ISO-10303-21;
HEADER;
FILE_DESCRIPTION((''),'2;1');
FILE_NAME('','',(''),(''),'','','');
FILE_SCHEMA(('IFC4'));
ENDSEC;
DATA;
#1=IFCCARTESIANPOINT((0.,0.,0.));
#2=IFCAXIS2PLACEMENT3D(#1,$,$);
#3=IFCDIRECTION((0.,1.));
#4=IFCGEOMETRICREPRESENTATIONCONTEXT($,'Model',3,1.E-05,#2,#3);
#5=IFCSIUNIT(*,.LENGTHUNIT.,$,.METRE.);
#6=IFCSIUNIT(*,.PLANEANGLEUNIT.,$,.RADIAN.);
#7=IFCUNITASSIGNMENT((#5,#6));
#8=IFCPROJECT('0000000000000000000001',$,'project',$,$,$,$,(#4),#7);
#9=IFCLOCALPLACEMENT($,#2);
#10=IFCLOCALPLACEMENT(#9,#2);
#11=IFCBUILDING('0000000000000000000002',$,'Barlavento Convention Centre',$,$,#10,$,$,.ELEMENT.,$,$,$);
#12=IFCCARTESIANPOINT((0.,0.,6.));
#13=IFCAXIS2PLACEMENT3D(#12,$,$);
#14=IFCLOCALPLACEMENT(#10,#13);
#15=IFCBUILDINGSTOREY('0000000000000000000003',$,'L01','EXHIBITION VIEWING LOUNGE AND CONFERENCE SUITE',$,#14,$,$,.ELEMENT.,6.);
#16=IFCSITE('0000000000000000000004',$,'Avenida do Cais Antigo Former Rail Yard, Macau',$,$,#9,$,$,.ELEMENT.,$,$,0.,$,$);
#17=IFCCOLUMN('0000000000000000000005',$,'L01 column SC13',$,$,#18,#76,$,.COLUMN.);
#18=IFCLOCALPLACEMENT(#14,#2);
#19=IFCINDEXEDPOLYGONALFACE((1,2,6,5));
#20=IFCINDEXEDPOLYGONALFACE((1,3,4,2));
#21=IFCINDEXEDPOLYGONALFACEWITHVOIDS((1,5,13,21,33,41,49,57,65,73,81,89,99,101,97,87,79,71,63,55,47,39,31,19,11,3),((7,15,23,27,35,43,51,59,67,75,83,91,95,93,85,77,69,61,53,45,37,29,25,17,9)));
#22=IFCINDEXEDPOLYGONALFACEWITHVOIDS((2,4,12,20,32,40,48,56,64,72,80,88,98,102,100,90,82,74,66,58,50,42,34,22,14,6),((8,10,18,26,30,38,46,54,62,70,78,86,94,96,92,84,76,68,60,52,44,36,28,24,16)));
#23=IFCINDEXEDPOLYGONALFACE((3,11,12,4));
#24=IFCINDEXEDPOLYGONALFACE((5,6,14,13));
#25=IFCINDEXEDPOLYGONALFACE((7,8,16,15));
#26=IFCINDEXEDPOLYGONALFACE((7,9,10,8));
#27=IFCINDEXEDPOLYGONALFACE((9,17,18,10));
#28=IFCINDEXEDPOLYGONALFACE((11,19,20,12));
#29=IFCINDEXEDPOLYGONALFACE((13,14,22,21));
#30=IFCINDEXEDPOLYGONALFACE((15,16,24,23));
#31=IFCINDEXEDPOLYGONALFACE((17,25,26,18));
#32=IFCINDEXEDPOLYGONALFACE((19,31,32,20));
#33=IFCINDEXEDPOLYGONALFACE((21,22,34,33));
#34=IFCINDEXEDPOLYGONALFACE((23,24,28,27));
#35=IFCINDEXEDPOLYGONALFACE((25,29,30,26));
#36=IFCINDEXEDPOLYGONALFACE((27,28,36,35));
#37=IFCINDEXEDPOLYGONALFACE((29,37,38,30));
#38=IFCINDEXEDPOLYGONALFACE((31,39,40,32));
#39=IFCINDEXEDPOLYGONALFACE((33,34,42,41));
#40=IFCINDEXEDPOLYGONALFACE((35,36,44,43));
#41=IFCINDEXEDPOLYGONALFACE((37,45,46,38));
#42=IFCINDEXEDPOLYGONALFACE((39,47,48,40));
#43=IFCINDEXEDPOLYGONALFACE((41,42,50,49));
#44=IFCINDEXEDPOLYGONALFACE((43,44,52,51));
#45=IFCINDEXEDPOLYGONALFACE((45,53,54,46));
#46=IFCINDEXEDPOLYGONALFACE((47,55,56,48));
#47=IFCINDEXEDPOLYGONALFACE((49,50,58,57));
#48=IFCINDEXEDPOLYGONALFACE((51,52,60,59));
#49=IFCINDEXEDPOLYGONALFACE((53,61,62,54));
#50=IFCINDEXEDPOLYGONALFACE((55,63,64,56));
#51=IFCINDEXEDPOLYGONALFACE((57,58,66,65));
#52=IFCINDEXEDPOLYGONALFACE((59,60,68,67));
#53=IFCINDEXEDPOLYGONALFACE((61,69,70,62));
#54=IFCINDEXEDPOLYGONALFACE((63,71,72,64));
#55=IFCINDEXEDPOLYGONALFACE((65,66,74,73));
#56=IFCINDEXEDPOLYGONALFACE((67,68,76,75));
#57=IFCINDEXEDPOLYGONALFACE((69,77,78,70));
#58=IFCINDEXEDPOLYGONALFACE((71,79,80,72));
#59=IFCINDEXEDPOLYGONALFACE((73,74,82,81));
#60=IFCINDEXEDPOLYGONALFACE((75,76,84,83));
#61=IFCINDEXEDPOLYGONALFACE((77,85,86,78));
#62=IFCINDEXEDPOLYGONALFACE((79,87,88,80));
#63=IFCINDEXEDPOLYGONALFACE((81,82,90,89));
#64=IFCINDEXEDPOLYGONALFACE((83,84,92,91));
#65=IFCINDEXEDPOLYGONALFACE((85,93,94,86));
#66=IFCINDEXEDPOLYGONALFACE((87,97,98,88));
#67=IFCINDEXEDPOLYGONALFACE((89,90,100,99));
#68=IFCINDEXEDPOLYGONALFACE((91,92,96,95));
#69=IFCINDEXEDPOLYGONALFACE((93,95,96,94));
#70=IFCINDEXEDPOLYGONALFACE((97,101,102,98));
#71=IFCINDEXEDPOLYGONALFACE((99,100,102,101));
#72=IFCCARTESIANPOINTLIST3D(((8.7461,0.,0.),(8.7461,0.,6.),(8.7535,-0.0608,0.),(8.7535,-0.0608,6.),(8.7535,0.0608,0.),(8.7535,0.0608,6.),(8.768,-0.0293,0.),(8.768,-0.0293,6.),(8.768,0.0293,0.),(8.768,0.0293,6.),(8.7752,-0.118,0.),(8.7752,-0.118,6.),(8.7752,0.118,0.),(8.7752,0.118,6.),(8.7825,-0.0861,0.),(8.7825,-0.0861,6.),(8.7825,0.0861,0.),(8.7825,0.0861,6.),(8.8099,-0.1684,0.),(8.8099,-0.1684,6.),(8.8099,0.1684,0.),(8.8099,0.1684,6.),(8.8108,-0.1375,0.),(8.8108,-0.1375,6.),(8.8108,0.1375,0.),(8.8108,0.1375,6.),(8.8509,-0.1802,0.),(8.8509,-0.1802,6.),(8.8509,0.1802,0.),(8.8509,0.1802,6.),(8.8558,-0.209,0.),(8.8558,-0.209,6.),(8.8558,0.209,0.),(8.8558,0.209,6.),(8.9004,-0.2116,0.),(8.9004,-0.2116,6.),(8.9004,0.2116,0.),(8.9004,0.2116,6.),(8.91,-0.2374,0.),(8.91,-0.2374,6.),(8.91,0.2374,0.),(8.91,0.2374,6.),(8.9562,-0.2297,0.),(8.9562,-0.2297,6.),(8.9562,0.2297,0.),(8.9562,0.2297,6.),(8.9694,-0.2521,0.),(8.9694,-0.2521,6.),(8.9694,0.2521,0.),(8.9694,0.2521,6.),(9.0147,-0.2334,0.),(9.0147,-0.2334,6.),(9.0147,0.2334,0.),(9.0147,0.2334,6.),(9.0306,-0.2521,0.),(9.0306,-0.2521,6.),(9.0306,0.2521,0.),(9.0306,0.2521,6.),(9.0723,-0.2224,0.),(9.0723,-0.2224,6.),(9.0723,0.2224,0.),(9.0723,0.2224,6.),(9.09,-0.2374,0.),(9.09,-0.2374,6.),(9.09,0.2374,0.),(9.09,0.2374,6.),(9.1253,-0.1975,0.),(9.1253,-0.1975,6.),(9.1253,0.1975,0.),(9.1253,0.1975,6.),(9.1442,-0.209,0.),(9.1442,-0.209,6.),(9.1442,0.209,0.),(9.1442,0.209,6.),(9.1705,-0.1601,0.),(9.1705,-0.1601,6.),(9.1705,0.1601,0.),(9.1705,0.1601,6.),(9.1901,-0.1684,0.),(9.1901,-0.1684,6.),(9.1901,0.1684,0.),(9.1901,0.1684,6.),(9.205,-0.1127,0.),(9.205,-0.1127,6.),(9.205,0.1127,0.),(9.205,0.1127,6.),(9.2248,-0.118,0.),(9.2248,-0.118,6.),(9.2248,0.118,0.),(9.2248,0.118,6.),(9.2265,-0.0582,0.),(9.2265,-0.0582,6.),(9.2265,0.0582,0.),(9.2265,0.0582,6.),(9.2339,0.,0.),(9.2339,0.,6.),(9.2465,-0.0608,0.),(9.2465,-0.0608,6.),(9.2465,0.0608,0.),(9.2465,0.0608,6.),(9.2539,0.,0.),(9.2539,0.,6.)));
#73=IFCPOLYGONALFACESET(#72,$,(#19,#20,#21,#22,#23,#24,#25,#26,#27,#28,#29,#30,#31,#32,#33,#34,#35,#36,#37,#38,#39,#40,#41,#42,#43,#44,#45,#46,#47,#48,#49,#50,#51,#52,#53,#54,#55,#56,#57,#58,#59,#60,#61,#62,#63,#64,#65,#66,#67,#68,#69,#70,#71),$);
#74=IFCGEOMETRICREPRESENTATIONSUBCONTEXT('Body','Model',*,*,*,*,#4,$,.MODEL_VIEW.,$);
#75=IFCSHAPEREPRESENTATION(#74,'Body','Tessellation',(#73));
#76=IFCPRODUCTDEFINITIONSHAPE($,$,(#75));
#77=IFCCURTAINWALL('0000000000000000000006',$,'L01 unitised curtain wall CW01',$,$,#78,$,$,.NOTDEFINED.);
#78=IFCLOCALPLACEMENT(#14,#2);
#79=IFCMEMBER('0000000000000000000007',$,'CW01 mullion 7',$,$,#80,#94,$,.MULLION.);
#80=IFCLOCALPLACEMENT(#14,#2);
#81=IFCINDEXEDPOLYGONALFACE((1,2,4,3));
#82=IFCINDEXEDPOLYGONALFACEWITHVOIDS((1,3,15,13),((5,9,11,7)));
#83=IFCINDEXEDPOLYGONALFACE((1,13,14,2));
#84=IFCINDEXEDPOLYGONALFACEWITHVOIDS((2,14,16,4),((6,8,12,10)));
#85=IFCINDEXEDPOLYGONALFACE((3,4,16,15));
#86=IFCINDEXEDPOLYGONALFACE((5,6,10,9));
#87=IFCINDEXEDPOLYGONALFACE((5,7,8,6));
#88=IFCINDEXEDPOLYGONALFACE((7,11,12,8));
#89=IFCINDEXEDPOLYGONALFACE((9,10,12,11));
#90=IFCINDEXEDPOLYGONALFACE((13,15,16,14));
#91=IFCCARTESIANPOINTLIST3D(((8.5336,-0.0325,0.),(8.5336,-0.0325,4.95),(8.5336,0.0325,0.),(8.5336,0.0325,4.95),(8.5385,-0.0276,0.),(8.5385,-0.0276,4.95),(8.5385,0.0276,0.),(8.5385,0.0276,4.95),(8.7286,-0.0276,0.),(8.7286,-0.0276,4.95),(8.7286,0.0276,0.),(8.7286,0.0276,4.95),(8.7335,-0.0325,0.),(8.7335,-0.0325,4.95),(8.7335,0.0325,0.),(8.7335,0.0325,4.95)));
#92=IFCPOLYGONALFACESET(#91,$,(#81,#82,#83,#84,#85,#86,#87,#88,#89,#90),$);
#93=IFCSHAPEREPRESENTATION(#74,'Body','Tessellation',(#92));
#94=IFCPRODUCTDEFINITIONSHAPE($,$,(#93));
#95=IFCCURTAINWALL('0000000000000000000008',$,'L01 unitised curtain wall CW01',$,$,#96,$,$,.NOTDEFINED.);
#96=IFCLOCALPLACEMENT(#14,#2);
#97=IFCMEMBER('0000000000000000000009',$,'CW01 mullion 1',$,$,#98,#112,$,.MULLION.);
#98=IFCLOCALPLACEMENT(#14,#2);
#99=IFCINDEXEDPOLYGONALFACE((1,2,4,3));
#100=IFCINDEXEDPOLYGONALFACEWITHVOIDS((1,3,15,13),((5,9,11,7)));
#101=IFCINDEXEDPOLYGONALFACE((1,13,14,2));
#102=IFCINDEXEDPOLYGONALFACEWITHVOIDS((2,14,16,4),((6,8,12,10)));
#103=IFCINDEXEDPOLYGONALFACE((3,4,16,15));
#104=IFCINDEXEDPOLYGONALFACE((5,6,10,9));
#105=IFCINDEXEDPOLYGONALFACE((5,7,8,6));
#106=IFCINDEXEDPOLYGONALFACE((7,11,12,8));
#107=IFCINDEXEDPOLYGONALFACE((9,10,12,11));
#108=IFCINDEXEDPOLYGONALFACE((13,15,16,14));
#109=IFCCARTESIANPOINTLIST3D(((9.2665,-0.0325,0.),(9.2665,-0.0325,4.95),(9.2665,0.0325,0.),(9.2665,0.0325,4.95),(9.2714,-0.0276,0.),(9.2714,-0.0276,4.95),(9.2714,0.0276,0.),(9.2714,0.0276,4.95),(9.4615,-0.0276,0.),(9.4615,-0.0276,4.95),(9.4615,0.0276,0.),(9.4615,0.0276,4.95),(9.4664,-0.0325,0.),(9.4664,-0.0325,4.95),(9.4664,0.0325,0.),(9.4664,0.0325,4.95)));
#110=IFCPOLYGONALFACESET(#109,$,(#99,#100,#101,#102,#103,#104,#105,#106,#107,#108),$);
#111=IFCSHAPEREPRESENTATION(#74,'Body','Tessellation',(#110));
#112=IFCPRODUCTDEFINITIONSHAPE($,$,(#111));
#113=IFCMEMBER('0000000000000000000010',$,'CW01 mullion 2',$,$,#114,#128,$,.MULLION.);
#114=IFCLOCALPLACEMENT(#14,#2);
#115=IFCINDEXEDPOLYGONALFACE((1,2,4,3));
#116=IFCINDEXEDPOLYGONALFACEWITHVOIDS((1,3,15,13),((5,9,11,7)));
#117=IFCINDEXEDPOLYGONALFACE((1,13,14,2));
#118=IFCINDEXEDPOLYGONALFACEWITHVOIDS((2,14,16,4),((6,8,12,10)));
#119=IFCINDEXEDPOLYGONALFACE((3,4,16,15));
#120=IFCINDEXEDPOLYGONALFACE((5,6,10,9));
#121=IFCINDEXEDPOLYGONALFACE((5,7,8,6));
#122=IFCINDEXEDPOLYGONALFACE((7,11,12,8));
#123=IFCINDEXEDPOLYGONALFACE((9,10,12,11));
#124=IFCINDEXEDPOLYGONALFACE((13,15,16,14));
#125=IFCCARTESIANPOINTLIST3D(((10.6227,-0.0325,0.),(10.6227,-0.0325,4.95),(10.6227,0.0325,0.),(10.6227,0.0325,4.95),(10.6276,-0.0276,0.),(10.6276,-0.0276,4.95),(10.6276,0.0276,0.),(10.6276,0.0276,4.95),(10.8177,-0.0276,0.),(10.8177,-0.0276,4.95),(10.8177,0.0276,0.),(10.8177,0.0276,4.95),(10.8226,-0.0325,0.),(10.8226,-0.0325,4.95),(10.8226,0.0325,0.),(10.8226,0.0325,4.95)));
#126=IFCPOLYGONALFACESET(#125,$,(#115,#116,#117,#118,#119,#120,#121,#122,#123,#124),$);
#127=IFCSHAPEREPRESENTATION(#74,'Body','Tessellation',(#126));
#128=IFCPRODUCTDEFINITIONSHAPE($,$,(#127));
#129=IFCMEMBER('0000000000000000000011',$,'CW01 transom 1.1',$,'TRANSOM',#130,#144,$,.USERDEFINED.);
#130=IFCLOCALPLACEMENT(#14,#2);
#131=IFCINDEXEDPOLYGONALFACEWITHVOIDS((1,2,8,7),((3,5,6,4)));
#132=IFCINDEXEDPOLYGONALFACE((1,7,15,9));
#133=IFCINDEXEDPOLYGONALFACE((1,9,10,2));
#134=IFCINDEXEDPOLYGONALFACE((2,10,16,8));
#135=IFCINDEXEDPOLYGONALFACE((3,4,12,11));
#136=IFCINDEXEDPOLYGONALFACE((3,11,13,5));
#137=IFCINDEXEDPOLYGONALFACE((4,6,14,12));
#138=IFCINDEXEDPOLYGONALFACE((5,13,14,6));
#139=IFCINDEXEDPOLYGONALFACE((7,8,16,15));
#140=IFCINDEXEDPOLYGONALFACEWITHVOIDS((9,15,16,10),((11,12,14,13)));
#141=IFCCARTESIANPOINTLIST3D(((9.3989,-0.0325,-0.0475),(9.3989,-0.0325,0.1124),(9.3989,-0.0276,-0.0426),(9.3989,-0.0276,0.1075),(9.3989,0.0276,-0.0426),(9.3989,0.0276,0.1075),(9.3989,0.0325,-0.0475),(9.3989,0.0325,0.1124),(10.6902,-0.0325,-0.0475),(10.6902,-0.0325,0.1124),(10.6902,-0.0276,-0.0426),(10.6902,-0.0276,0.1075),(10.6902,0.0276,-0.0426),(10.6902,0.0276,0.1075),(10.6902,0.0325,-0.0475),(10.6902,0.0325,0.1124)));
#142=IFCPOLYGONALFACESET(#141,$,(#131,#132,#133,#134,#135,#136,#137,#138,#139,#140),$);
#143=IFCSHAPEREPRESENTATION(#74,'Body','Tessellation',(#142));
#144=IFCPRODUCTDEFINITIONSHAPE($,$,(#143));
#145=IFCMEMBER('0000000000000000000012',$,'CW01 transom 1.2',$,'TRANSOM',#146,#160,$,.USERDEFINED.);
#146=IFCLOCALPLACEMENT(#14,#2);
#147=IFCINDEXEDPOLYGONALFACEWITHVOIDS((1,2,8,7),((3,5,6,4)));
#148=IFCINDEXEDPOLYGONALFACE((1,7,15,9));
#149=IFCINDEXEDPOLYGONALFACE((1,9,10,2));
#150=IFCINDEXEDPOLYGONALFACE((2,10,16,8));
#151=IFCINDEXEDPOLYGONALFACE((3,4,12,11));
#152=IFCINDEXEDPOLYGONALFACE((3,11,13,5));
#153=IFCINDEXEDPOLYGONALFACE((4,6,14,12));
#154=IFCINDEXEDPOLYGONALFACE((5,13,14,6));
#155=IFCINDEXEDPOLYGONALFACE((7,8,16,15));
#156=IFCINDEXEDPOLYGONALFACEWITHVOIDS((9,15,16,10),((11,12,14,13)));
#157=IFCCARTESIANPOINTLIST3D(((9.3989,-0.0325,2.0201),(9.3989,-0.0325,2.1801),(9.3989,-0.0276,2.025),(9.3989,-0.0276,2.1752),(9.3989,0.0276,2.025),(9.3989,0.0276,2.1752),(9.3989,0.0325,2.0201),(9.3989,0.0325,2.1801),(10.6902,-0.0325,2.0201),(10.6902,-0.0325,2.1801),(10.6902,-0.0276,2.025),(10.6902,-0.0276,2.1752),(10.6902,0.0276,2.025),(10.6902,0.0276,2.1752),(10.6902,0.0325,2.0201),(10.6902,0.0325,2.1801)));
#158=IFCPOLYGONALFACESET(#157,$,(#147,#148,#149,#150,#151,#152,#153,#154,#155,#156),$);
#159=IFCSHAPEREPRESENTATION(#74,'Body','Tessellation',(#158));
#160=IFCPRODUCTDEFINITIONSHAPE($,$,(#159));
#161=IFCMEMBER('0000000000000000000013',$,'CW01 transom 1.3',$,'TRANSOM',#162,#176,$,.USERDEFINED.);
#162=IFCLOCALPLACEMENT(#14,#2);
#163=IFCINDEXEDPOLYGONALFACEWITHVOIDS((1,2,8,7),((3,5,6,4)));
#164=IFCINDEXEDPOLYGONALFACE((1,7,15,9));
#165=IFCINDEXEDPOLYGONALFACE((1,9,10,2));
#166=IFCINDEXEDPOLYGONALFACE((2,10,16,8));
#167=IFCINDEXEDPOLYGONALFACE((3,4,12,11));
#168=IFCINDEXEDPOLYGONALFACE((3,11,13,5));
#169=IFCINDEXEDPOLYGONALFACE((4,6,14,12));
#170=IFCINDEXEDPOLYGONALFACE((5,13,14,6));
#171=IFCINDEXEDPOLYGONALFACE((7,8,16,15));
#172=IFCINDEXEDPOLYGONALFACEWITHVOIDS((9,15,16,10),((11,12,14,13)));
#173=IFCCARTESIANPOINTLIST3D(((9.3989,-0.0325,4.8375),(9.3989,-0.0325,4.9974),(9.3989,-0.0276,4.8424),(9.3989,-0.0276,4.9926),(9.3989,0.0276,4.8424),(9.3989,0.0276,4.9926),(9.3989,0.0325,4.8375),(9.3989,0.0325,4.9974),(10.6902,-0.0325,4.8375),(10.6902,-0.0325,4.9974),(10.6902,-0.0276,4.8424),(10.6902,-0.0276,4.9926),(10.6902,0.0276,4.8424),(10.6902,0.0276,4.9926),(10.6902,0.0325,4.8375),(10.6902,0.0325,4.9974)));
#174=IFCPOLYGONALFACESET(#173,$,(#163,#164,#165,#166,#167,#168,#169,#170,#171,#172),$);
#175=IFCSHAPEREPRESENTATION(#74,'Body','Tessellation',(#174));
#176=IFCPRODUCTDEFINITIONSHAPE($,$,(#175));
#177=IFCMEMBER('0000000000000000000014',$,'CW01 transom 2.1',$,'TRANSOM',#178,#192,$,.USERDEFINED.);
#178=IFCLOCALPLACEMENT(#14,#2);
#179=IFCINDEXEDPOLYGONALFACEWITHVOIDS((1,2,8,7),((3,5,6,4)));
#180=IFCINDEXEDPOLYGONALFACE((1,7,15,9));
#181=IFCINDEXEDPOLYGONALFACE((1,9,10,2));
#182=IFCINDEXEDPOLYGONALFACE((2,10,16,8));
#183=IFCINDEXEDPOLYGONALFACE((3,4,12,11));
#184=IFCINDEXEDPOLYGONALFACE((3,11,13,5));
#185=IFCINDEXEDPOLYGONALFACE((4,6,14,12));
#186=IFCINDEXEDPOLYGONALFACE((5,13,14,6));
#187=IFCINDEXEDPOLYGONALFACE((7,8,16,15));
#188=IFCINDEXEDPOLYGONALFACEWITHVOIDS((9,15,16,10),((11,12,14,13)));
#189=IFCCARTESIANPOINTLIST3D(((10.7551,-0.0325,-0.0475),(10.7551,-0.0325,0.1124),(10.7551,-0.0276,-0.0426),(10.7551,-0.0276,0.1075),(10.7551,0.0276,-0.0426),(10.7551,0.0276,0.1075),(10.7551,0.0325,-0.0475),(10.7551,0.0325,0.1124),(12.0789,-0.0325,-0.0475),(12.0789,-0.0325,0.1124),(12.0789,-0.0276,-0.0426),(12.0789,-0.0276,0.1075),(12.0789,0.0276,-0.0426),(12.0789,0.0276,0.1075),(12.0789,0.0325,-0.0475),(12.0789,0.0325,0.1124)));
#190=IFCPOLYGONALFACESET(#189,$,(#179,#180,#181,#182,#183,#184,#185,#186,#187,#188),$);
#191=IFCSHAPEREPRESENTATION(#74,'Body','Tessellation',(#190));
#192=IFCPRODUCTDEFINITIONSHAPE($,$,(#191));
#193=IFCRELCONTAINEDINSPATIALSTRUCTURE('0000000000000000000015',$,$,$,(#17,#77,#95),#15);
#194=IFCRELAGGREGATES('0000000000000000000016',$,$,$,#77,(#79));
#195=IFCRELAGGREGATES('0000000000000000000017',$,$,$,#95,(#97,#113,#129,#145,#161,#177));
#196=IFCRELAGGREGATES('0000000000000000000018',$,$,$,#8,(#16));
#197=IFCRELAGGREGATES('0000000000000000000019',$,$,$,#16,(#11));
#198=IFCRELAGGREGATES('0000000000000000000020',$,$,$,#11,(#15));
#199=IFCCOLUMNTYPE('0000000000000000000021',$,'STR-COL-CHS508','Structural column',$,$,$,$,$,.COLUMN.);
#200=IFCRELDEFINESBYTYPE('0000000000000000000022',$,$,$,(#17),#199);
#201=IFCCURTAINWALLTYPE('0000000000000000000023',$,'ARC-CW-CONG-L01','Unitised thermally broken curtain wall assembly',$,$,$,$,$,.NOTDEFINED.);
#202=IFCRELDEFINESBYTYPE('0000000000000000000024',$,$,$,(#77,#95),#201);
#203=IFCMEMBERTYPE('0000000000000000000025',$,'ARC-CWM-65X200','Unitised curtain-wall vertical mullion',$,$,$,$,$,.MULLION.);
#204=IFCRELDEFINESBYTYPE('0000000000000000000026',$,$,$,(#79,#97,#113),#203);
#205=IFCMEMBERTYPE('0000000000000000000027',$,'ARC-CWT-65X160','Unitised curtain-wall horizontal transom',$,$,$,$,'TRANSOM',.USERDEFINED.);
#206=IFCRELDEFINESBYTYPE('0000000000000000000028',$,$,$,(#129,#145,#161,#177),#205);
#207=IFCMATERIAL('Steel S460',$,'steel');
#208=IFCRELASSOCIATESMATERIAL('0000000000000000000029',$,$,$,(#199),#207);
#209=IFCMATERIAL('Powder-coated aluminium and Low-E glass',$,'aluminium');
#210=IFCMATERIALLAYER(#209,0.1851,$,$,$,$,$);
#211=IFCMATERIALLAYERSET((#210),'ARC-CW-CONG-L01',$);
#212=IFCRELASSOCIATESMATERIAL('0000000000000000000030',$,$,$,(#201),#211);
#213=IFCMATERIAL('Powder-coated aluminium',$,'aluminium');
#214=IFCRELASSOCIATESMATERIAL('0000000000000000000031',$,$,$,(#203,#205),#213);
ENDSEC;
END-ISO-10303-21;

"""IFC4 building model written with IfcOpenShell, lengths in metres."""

from ifc_helpers import new_model, si_unit, direction, frame, origin, origin_2d, place, context, subcontext, project, spatial, hollow_rectangle, hollow_circle, extrude, material, layer, layer_set, material_profile, profile_set, type_object, element, aggregate, save


model = new_model("IFC4")

# Units and contexts
model_context = context("Model", 3, precision=1e-05, world=origin(), true_north=direction((0.0, 1.0)))
body_context = subcontext(model_context, "Body", "Model", "MODEL_VIEW")
ifc_project = project(units=[si_unit("LENGTHUNIT", "METRE"), si_unit("PLANEANGLEUNIT", "RADIAN")], contexts=[model_context])

# Site, building, storey
site_placement = place(None, origin())
site = spatial("IfcSite", under=ifc_project, at=site_placement, Name="Avenida do Cais Antigo Former Rail Yard, Macau", CompositionType="ELEMENT", RefElevation=0.0)
building_placement = place(site_placement, origin())
building = spatial("IfcBuilding", under=site, at=building_placement, Name="Barlavento Convention Centre", CompositionType="ELEMENT")
storey_placement = place(building_placement, frame((0.0, 0.0, 6.0)))
storey = spatial("IfcBuildingStorey", under=building, at=storey_placement, Name="L01", Description="EXHIBITION VIEWING LOUNGE AND CONFERENCE SUITE", CompositionType="ELEMENT", Elevation=6.0)

# Column
ifc_material_1 = material(Name="Steel S460", Category="steel")
ifc_material_profile_1 = material_profile(ifc_material_1, hollow_circle(Radius=0.2539, WallThickness=0.02, at=origin_2d()), Name="CHS 508.0x20.0")
ifc_profile_set_1 = profile_set([ifc_material_profile_1], Name="Steel S460")
column_type = type_object("IfcColumnType", Name="STR-COL-CHS508", Description="Structural column", PredefinedType="COLUMN", material=ifc_profile_set_1)
column_placement = place(storey_placement, frame((9.0, 0.0, 0.0), z_axis=(0.0, 0.0, 1.0), x_axis=(1.0, 0.0, 0.0)))
element("IfcColumn", 1, at=column_placement, inside=storey, type_object=column_type, Name="L01 column SC13", PredefinedType="COLUMN", context=body_context, shape_type="SweptSolid", body=[
    extrude(hollow_circle(Radius=0.2539, WallThickness=0.02, at=origin_2d()), origin(), (0.0, 0.0, 1.0), 6.0),
])

# Curtain wall, member
ifc_material_2 = material(Name="Powder-coated aluminium and Low-E glass", Category="aluminium")
ifc_layer_1 = layer(ifc_material_2, 0.1851)
ifc_layer_set_1 = layer_set([ifc_layer_1], Name="ARC-CW-CONG-L01")
curtain_wall_type = type_object("IfcCurtainWallType", Name="ARC-CW-CONG-L01", Description="Unitised thermally broken curtain wall assembly", PredefinedType="NOTDEFINED", material=ifc_layer_set_1)
curtain_wall_1_placement = place(storey_placement, origin())
curtain_wall_1 = element("IfcCurtainWall", 2, at=curtain_wall_1_placement, inside=storey, type_object=curtain_wall_type, Name="L01 unitised curtain wall CW01", PredefinedType="NOTDEFINED")
ifc_material_3 = material(Name="Powder-coated aluminium", Category="aluminium")
ifc_material_profile_2 = material_profile(ifc_material_3, hollow_rectangle(XDim=0.0649, YDim=0.2, WallThickness=0.0049, at=origin_2d()), Name="AL-MULL 65x200x5")
ifc_profile_set_2 = profile_set([ifc_material_profile_2], Name="Powder-coated aluminium")
member_type_1 = type_object("IfcMemberType", Name="ARC-CWM-65X200", Description="Unitised curtain-wall vertical mullion", PredefinedType="MULLION", material=ifc_profile_set_2)
member_1_placement = place(storey_placement, frame((8.6335, 0.0, 0.0), z_axis=(0.0, 0.0, 1.0), x_axis=(0.0, 1.0, 0.0)))
member_1 = element("IfcMember", 3, at=member_1_placement, type_object=member_type_1, Name="CW01 mullion 7", PredefinedType="MULLION", context=body_context, shape_type="SweptSolid", body=[
    extrude(hollow_rectangle(XDim=0.0649, YDim=0.2, WallThickness=0.0049, at=origin_2d()), origin(), (0.0, 0.0, 1.0), 4.95),
])
aggregate(curtain_wall_1, [member_1])

# Curtain wall, members
curtain_wall_2_placement = place(storey_placement, origin())
curtain_wall_2 = element("IfcCurtainWall", 4, at=curtain_wall_2_placement, inside=storey, type_object=curtain_wall_type, Name="L01 unitised curtain wall CW01", PredefinedType="NOTDEFINED")
member_2_placement = place(storey_placement, frame((9.3665, 0.0, 0.0), z_axis=(0.0, 0.0, 1.0), x_axis=(0.0, 1.0, 0.0)))
member_2 = element("IfcMember", 5, at=member_2_placement, type_object=member_type_1, Name="CW01 mullion 1", PredefinedType="MULLION", context=body_context, shape_type="SweptSolid", body=[
    extrude(hollow_rectangle(XDim=0.0649, YDim=0.2, WallThickness=0.0049, at=origin_2d()), origin(), (0.0, 0.0, 1.0), 4.95),
])
member_3_placement = place(storey_placement, frame((10.7227, 0.0, 0.0), z_axis=(0.0, 0.0, 1.0), x_axis=(0.0, 1.0, 0.0)))
member_3 = element("IfcMember", 6, at=member_3_placement, type_object=member_type_1, Name="CW01 mullion 2", PredefinedType="MULLION", context=body_context, shape_type="SweptSolid", body=[
    extrude(hollow_rectangle(XDim=0.0649, YDim=0.2, WallThickness=0.0049, at=origin_2d()), origin(), (0.0, 0.0, 1.0), 4.95),
])
ifc_material_profile_3 = material_profile(ifc_material_3, hollow_rectangle(XDim=0.0649, YDim=0.1599, WallThickness=0.0049, at=origin_2d()), Name="AL-TRAN 65x160x5")
ifc_profile_set_3 = profile_set([ifc_material_profile_3], Name="Powder-coated aluminium")
member_type_2 = type_object("IfcMemberType", Name="ARC-CWT-65X160", Description="Unitised curtain-wall horizontal transom", ElementType="TRANSOM", PredefinedType="USERDEFINED", material=ifc_profile_set_3)
member_4_placement = place(storey_placement, frame((9.3989, 0.0, 0.0325), z_axis=(1.0, 0.0, 0.0), x_axis=(0.0, 1.0, 0.0)))
member_4 = element("IfcMember", 7, at=member_4_placement, type_object=member_type_2, Name="CW01 transom 1.1", ObjectType="TRANSOM", PredefinedType="USERDEFINED", context=body_context, shape_type="SweptSolid", body=[
    extrude(hollow_rectangle(XDim=0.0649, YDim=0.1599, WallThickness=0.0049, at=origin_2d()), origin(), (0.0, 0.0, 1.0), 1.2913),
])
member_5_placement = place(storey_placement, frame((9.3989, 0.0, 2.1001), z_axis=(1.0, 0.0, 0.0), x_axis=(0.0, 1.0, 0.0)))
member_5 = element("IfcMember", 8, at=member_5_placement, type_object=member_type_2, Name="CW01 transom 1.2", ObjectType="TRANSOM", PredefinedType="USERDEFINED", context=body_context, shape_type="SweptSolid", body=[
    extrude(hollow_rectangle(XDim=0.0649, YDim=0.1599, WallThickness=0.0049, at=origin_2d()), origin(), (0.0, 0.0, 1.0), 1.2913),
])
member_6_placement = place(storey_placement, frame((9.3989, 0.0, 4.9175), z_axis=(1.0, 0.0, 0.0), x_axis=(0.0, 1.0, 0.0)))
member_6 = element("IfcMember", 9, at=member_6_placement, type_object=member_type_2, Name="CW01 transom 1.3", ObjectType="TRANSOM", PredefinedType="USERDEFINED", context=body_context, shape_type="SweptSolid", body=[
    extrude(hollow_rectangle(XDim=0.0649, YDim=0.1599, WallThickness=0.0049, at=origin_2d()), origin(), (0.0, 0.0, 1.0), 1.2913),
])
member_7_placement = place(storey_placement, frame((10.7551, 0.0, 0.0325), z_axis=(1.0, 0.0, 0.0), x_axis=(0.0, 1.0, 0.0)))
member_7 = element("IfcMember", 10, at=member_7_placement, type_object=member_type_2, Name="CW01 transom 2.1", ObjectType="TRANSOM", PredefinedType="USERDEFINED", context=body_context, shape_type="SweptSolid", body=[
    extrude(hollow_rectangle(XDim=0.0649, YDim=0.1599, WallThickness=0.0049, at=origin_2d()), origin(), (0.0, 0.0, 1.0), 1.3237),
])

aggregate(curtain_wall_2, [member_2, member_3, member_4, member_5, member_6, member_7])

save(model, "model.ifc")
